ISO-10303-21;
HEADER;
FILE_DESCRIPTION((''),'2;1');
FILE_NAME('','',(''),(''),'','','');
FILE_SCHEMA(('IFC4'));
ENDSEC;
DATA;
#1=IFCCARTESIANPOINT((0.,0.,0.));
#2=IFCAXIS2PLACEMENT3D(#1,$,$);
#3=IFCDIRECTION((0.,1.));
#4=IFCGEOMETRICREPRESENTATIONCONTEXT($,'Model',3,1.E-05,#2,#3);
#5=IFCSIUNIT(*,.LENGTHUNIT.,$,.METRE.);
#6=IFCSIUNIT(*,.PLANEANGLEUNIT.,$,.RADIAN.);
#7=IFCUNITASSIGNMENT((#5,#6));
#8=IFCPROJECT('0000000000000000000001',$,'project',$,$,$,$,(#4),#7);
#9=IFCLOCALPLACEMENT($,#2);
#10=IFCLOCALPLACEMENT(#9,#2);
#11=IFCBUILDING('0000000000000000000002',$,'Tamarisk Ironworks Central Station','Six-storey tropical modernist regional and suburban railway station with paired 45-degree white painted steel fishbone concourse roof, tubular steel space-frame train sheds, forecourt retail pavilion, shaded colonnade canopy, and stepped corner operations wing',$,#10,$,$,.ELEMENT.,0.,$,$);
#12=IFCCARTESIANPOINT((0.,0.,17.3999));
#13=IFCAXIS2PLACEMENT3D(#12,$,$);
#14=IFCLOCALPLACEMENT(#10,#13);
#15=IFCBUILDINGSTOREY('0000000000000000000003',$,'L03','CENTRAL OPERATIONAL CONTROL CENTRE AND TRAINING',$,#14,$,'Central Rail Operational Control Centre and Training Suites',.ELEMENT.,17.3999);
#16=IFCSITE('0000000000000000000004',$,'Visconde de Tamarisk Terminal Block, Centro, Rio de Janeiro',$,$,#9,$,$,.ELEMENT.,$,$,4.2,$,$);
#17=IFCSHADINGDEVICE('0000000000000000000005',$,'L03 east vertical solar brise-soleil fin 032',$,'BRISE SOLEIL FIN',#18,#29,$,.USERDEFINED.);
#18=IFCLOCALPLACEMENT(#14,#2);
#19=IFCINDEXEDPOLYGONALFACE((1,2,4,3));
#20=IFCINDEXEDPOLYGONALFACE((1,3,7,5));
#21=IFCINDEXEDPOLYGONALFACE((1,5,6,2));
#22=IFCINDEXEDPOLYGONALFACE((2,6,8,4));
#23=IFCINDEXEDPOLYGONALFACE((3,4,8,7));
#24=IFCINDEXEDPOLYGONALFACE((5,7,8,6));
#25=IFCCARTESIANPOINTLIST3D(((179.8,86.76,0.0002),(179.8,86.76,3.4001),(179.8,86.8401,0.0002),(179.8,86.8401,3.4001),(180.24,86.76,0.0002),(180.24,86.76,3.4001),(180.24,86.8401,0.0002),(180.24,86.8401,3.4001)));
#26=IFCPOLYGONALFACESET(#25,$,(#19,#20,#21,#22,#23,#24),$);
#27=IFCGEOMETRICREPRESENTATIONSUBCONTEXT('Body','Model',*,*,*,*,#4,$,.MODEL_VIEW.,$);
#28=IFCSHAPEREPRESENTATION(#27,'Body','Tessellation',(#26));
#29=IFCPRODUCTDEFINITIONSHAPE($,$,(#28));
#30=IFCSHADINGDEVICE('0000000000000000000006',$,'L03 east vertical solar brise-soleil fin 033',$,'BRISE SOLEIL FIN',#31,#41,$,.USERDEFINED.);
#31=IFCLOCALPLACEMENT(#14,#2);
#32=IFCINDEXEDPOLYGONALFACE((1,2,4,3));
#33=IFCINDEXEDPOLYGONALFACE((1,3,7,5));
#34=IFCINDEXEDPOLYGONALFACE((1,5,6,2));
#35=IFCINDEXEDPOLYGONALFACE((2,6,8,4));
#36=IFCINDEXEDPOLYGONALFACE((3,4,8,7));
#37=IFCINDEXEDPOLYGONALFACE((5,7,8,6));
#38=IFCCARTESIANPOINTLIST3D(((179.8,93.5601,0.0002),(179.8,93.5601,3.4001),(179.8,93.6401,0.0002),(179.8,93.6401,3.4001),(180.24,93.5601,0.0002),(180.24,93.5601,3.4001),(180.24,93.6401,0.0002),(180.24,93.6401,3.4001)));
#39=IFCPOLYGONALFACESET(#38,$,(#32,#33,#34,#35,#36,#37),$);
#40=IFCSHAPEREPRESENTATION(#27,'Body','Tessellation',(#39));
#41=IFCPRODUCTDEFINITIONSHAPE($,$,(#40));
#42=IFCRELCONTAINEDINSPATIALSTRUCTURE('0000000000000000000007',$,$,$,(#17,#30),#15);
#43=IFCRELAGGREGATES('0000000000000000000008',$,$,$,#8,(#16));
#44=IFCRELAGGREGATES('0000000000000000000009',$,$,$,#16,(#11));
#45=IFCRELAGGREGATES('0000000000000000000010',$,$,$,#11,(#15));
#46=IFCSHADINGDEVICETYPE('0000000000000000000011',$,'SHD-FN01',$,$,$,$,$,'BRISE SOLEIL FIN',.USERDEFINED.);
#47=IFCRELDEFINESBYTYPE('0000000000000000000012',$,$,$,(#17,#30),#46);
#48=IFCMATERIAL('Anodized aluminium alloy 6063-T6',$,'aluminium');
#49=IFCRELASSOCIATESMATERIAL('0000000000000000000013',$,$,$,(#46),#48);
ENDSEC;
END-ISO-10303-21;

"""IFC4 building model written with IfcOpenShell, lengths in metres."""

from ifc_helpers import new_model, si_unit, direction, frame, origin, origin_2d, place, context, subcontext, project, spatial, rectangle, extrude, material, type_object, element, save


model = new_model("IFC4")

# Units and contexts
model_context = context("Model", 3, precision=1e-05, world=origin(), true_north=direction((0.0, 1.0)))
body_context = subcontext(model_context, "Body", "Model", "MODEL_VIEW")
ifc_project = project(units=[si_unit("LENGTHUNIT", "METRE"), si_unit("PLANEANGLEUNIT", "RADIAN")], contexts=[model_context])

# Site, building, storey
site_placement = place(None, origin())
site = spatial("IfcSite", under=ifc_project, at=site_placement, Name="Visconde de Tamarisk Terminal Block, Centro, Rio de Janeiro", CompositionType="ELEMENT", RefElevation=4.2)
building_placement = place(site_placement, origin())
building = spatial("IfcBuilding", under=site, at=building_placement, Name="Tamarisk Ironworks Central Station", Description="Six-storey tropical modernist regional and suburban railway station with paired 45-degree white painted steel fishbone concourse roof, tubular steel space-frame train sheds, forecourt retail pavilion, shaded colonnade canopy, and stepped corner operations wing", CompositionType="ELEMENT", ElevationOfRefHeight=0.0)
storey_placement = place(building_placement, frame((0.0, 0.0, 17.3999)))
storey = spatial("IfcBuildingStorey", under=building, at=storey_placement, Name="L03", Description="CENTRAL OPERATIONAL CONTROL CENTRE AND TRAINING", LongName="Central Rail Operational Control Centre and Training Suites", CompositionType="ELEMENT", Elevation=17.3999)

# Shared definitions
ifc_material_1 = material(Name="Anodized aluminium alloy 6063-T6", Category="aluminium")

# Shading devices
shading_device_type = type_object("IfcShadingDeviceType", Name="SHD-FN01", ElementType="BRISE SOLEIL FIN", PredefinedType="USERDEFINED", material=ifc_material_1)
for number, where, z_axis, x_axis, name in (
    (1, (180.02, 86.8, 0.0002), (0.0, 0.0, 1.0), (1.0, 0.0, 0.0), "L03 east vertical solar brise-soleil fin 032"),
    (2, (180.02, 93.6001, 0.0002), (0.0, 0.0, 1.0), (1.0, 0.0, 0.0), "L03 east vertical solar brise-soleil fin 033"),
):
    element("IfcShadingDevice", number, at=place(storey_placement, frame(where, z_axis=z_axis, x_axis=x_axis)), inside=storey, type_object=shading_device_type, Name=name, ObjectType="BRISE SOLEIL FIN", PredefinedType="USERDEFINED", context=body_context, shape_type="SweptSolid", body=[
        extrude(rectangle(XDim=0.4399, YDim=0.0801, at=origin_2d()), origin(), (0.0, 0.0, 1.0), 3.3999),
    ])

save(model, "model.ifc")
